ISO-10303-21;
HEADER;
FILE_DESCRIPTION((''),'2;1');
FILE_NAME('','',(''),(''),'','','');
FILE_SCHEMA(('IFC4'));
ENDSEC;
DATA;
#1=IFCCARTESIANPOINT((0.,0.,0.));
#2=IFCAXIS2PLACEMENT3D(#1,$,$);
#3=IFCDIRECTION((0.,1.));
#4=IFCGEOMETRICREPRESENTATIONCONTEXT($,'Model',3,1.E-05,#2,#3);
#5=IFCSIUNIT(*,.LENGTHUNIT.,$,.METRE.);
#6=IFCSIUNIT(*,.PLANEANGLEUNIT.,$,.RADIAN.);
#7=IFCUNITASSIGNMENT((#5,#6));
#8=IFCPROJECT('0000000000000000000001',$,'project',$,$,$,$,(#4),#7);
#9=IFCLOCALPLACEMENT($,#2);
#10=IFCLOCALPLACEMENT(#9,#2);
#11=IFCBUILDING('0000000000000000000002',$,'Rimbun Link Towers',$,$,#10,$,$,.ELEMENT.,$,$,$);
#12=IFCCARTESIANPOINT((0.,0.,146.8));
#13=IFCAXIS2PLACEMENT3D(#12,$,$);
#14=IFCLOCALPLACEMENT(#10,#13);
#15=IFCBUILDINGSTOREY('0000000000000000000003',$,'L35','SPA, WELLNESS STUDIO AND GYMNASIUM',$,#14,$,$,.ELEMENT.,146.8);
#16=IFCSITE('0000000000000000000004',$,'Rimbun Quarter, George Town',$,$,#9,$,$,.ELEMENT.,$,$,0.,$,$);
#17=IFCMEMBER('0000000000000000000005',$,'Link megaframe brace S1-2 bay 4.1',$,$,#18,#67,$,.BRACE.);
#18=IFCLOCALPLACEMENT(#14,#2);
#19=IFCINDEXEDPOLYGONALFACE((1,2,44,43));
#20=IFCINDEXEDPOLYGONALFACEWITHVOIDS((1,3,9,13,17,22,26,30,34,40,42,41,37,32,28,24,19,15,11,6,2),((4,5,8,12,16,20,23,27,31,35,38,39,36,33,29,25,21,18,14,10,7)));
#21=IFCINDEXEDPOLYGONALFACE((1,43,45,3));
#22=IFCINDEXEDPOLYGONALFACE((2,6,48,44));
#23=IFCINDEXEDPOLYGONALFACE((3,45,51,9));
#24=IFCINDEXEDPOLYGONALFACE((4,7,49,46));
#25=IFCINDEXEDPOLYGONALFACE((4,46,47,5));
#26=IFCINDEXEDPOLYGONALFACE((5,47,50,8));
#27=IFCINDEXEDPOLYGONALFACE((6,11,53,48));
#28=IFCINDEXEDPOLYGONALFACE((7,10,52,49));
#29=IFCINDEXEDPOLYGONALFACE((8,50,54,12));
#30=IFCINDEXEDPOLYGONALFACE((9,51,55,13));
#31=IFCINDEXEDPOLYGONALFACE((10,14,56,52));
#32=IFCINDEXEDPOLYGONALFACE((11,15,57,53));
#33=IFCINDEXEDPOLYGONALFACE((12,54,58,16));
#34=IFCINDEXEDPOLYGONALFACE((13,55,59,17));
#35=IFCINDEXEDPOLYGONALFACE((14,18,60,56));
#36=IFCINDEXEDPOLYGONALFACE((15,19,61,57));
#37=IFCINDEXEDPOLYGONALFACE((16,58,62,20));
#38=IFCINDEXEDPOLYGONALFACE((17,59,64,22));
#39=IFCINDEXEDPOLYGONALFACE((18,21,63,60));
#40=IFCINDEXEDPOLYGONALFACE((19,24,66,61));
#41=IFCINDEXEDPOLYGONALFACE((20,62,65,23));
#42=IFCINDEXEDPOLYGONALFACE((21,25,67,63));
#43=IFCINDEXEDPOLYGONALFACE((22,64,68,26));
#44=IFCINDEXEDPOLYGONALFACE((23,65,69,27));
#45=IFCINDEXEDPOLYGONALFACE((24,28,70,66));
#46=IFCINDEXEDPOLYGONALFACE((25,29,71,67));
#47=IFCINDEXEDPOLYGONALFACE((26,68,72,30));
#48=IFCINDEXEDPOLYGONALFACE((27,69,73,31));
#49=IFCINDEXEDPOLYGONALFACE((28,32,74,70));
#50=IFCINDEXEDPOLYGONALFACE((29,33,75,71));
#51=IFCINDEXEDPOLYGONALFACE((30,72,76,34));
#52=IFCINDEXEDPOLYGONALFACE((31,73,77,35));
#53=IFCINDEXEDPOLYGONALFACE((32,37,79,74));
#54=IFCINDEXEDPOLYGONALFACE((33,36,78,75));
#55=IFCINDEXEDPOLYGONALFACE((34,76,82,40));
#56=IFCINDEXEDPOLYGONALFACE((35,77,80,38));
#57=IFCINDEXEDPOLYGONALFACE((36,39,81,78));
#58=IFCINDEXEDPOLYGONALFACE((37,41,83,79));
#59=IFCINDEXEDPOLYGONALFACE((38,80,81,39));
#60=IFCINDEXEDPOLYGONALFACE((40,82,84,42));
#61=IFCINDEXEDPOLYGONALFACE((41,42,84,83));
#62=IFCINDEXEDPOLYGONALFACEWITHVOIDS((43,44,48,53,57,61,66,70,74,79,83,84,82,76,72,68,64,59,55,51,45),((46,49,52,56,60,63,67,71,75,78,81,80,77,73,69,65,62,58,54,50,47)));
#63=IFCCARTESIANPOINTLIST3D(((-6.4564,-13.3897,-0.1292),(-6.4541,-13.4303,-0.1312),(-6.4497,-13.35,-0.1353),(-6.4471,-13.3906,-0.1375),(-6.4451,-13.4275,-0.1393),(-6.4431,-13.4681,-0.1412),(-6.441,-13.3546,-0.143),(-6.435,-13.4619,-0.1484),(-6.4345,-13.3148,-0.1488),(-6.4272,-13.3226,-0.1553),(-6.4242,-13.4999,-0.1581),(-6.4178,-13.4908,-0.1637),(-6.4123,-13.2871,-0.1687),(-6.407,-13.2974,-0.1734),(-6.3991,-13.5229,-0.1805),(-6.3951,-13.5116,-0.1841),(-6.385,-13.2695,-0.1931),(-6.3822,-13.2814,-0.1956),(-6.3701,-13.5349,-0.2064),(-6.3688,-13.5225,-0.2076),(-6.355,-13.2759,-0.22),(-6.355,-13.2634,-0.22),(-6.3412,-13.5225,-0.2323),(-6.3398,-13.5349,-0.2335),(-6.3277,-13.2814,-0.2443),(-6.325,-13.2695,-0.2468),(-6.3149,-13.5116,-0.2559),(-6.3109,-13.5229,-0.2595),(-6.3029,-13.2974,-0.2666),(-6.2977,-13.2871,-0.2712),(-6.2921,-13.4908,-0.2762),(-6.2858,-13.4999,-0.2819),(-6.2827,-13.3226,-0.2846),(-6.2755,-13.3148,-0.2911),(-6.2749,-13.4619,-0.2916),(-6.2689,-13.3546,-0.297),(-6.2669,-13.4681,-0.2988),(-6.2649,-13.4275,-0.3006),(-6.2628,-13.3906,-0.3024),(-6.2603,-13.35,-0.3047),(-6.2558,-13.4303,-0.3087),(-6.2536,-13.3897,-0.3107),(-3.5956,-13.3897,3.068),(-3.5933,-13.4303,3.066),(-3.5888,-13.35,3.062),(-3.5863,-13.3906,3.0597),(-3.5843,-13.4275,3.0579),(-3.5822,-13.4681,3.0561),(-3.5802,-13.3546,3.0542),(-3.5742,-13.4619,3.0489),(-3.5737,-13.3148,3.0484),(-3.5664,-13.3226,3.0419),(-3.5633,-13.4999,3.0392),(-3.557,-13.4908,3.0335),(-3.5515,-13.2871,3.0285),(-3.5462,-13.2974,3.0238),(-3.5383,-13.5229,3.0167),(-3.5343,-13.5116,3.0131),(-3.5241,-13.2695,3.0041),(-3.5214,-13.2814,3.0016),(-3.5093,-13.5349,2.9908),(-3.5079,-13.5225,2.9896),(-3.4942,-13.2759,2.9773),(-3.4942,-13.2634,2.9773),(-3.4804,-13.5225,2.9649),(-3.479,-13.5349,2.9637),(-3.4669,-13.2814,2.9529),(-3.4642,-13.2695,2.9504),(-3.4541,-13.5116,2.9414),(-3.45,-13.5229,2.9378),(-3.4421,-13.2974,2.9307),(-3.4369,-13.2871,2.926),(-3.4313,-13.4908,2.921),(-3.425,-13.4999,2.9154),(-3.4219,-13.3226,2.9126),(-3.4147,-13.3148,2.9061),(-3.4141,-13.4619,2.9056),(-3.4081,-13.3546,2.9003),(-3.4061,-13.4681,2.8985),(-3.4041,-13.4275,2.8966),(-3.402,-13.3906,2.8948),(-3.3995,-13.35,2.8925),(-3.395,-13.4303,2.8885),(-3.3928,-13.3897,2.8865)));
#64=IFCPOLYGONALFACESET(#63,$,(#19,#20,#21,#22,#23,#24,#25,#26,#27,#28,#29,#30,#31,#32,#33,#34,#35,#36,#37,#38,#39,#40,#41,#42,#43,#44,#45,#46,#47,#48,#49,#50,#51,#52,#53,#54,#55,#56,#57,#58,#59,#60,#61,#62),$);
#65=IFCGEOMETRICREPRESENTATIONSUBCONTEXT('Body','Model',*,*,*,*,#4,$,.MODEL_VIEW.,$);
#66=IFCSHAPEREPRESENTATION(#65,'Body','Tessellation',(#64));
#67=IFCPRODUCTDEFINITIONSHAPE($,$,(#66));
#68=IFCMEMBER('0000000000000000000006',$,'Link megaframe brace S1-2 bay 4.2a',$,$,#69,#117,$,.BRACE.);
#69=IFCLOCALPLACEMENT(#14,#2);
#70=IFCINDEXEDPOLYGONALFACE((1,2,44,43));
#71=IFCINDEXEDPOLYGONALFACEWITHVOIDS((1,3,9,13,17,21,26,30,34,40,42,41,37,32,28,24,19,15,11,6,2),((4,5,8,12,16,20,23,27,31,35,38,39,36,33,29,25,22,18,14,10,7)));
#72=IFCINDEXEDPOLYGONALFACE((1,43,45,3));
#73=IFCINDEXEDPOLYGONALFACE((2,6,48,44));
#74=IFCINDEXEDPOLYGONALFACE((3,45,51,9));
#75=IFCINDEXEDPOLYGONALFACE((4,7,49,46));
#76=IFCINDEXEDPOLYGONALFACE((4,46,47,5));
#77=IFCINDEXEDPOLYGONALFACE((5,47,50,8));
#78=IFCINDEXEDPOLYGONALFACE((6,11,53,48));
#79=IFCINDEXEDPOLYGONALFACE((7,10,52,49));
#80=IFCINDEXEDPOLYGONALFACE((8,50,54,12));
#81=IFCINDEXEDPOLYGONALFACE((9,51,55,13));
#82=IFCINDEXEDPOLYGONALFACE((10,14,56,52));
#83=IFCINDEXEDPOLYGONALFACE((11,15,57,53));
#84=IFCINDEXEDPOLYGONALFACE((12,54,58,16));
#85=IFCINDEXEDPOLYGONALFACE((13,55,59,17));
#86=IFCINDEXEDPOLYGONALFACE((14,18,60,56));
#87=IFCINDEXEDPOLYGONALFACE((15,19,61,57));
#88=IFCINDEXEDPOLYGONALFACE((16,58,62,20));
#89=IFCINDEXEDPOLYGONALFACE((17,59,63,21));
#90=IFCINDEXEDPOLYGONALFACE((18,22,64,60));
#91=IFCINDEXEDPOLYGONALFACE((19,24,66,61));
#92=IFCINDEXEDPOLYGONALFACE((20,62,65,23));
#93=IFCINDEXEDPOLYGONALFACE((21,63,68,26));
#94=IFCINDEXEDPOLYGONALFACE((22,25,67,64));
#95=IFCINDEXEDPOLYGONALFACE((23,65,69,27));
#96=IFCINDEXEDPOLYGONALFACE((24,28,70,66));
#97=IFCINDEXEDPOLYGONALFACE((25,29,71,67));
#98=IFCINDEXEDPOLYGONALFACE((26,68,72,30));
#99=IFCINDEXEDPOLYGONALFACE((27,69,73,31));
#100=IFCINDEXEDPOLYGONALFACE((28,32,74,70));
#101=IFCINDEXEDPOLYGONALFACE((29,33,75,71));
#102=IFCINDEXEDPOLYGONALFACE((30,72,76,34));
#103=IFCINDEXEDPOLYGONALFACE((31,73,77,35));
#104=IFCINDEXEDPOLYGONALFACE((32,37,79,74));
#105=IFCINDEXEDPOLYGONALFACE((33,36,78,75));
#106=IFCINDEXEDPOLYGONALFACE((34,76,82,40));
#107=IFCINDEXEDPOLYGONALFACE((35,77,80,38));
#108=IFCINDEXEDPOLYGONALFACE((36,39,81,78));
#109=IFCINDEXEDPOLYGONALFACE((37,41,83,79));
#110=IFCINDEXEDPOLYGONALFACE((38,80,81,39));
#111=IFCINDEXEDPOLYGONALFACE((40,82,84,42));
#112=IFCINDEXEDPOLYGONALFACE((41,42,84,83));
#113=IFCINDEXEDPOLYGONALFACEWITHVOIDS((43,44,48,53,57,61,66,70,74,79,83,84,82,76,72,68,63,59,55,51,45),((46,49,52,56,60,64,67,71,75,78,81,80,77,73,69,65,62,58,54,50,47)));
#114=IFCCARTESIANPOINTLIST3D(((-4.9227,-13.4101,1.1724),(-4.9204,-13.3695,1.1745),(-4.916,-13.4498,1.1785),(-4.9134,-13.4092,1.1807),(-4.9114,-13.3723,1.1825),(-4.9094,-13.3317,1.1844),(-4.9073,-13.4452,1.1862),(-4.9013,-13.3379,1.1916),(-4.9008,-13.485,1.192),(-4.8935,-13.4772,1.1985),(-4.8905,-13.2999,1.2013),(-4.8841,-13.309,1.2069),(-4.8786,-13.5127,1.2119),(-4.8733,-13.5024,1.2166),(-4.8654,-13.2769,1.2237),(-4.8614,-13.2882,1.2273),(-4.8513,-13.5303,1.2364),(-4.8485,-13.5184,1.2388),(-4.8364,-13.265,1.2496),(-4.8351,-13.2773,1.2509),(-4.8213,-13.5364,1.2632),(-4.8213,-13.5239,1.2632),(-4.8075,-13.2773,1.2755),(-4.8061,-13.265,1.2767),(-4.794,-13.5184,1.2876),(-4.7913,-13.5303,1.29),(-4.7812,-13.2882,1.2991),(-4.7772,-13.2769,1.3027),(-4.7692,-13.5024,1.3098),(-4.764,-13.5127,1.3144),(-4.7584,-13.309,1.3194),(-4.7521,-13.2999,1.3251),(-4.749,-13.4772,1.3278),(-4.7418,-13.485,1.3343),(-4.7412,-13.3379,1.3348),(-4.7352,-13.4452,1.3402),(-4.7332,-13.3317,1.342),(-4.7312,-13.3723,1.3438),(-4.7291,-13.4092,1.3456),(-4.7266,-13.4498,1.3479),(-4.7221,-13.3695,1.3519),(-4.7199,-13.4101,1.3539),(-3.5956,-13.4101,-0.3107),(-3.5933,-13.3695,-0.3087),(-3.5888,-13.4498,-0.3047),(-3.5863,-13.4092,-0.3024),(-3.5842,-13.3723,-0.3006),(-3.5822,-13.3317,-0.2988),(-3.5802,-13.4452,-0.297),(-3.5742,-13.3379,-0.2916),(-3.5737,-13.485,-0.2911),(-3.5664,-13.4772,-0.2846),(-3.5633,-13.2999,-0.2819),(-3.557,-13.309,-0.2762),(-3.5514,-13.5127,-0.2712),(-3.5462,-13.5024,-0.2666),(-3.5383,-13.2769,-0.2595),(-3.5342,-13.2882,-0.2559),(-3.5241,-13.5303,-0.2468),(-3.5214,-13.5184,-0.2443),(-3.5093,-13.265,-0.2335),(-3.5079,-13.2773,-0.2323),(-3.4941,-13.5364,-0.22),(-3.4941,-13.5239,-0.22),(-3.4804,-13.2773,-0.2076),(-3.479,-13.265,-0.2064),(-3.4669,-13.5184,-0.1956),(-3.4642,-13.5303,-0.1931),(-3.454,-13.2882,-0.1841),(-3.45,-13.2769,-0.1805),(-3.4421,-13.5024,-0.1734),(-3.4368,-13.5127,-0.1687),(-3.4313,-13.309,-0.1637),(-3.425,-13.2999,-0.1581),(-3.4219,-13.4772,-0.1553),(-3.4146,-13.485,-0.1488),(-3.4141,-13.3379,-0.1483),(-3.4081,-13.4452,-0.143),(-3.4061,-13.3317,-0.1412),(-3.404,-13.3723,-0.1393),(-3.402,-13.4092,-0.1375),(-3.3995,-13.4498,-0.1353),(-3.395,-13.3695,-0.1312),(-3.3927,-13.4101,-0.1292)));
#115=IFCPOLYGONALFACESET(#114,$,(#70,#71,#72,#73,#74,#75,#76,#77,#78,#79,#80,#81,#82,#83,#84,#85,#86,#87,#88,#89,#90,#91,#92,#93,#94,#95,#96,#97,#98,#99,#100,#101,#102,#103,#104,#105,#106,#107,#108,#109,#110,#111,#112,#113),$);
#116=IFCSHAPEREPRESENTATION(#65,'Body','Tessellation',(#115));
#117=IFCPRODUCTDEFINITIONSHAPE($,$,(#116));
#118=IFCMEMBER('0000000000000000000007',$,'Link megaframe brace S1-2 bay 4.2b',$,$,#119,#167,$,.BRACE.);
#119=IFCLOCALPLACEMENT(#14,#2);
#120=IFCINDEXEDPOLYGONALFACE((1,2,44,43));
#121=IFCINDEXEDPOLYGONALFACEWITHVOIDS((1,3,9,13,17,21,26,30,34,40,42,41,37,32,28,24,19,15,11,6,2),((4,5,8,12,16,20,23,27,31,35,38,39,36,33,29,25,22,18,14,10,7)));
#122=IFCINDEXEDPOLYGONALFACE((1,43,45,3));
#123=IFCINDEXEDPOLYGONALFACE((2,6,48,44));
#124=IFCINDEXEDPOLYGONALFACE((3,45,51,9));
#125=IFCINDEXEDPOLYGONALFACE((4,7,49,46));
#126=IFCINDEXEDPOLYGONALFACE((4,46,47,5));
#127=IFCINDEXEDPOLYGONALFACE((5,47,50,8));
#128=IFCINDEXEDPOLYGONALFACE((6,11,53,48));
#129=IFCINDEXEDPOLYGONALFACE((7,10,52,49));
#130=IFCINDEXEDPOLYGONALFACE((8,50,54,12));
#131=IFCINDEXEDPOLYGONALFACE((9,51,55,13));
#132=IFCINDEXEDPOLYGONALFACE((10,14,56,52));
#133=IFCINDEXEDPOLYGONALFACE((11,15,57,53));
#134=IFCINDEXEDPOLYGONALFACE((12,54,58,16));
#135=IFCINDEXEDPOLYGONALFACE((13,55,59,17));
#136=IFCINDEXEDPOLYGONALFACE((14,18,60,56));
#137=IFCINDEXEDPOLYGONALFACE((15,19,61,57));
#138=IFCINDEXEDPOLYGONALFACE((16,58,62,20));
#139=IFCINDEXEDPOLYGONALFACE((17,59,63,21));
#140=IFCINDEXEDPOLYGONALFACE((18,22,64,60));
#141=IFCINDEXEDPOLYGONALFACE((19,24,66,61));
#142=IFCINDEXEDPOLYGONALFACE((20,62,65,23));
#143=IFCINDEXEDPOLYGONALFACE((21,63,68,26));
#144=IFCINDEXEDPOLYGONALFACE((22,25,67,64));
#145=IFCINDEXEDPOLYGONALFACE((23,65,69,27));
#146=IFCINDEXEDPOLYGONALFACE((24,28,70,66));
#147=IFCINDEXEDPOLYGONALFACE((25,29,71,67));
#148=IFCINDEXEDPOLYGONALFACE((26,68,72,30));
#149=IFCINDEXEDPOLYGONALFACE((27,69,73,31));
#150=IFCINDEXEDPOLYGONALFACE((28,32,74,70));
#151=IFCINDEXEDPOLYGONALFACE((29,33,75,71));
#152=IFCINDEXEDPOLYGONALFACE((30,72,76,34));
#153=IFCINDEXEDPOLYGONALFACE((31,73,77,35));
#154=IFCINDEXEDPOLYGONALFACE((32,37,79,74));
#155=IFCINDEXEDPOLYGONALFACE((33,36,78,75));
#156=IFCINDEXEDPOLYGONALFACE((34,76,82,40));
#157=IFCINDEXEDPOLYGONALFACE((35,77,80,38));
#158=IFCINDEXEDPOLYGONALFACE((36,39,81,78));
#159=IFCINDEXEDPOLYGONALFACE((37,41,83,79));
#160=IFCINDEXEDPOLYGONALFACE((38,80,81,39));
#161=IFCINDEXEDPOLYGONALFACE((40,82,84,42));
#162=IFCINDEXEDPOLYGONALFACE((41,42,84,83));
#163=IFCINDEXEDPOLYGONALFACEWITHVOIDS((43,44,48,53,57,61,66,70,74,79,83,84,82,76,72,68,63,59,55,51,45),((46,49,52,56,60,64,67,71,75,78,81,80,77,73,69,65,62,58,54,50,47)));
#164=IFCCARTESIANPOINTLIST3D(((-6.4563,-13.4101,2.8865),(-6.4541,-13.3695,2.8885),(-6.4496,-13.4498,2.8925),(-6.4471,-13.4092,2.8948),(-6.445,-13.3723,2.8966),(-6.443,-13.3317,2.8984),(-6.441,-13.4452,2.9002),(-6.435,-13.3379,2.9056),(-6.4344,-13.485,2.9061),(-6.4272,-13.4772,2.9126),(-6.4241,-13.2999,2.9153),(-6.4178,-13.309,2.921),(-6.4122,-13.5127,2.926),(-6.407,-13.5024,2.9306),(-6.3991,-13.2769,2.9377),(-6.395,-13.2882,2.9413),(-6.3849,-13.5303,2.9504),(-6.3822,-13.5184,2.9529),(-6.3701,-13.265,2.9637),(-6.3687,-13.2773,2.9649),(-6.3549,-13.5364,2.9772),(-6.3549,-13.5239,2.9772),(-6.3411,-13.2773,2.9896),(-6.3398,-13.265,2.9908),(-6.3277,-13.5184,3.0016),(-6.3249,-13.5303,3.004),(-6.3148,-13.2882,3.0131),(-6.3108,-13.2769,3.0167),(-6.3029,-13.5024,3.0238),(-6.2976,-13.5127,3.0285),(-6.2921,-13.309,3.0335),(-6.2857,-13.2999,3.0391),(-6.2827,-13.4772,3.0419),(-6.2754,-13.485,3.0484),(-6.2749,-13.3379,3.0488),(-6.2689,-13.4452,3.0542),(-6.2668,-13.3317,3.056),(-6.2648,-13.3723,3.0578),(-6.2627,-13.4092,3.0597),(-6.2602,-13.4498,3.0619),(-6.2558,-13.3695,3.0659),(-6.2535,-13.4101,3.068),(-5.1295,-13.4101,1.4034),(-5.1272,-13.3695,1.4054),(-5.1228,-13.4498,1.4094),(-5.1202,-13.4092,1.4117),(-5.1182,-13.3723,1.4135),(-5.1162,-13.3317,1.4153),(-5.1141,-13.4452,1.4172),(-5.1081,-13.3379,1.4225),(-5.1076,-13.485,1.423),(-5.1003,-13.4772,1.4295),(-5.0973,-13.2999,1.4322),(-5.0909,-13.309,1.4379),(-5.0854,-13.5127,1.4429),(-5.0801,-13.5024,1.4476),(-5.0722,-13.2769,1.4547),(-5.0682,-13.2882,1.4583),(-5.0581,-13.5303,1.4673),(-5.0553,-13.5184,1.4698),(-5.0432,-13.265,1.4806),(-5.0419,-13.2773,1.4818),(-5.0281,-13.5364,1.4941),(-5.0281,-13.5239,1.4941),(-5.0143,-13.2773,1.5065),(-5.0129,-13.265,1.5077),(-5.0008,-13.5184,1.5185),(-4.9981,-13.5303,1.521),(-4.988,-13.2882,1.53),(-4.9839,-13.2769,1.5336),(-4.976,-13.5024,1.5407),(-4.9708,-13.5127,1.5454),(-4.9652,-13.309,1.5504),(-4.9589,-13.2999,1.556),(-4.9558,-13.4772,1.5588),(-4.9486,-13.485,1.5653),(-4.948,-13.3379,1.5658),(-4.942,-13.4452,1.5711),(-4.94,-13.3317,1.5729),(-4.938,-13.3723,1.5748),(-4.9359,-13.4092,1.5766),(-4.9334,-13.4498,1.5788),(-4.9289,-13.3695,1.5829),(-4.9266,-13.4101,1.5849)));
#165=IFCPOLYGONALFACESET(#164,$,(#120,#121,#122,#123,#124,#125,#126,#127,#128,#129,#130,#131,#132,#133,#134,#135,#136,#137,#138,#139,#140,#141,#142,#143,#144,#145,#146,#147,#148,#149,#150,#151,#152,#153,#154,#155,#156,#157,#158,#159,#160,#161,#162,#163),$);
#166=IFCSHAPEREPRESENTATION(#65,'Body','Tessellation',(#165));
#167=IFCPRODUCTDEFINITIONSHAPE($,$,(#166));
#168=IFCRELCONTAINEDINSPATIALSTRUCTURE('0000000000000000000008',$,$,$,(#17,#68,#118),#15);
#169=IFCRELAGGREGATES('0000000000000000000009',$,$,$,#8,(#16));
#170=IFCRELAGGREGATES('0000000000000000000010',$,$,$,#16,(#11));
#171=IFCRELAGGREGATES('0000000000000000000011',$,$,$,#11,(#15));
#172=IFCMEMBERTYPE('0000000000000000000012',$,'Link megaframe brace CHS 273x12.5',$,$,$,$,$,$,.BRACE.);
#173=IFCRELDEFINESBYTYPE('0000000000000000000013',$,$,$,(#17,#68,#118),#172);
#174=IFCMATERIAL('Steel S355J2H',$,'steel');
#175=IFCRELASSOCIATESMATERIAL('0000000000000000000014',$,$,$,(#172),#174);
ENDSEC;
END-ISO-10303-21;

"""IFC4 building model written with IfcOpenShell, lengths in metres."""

from ifc_helpers import new_model, si_unit, direction, frame, origin, origin_2d, place, context, subcontext, project, spatial, hollow_circle, extrude, material, material_profile, profile_set, type_object, element, save


model = new_model("IFC4")

# Units and contexts
model_context = context("Model", 3, precision=1e-05, world=origin(), true_north=direction((0.0, 1.0)))
body_context = subcontext(model_context, "Body", "Model", "MODEL_VIEW")
ifc_project = project(units=[si_unit("LENGTHUNIT", "METRE"), si_unit("PLANEANGLEUNIT", "RADIAN")], contexts=[model_context])

# Site, building, storey
site_placement = place(None, origin())
site = spatial("IfcSite", under=ifc_project, at=site_placement, Name="Rimbun Quarter, George Town", CompositionType="ELEMENT", RefElevation=0.0)
building_placement = place(site_placement, origin())
building = spatial("IfcBuilding", under=site, at=building_placement, Name="Rimbun Link Towers", CompositionType="ELEMENT")
storey_placement = place(building_placement, frame((0.0, 0.0, 146.8)))
storey = spatial("IfcBuildingStorey", under=building, at=storey_placement, Name="L35", Description="SPA, WELLNESS STUDIO AND GYMNASIUM", CompositionType="ELEMENT", Elevation=146.8)

# Members
ifc_material_1 = material(Name="Steel S355J2H", Category="steel")
ifc_material_profile_1 = material_profile(ifc_material_1, hollow_circle(Radius=0.1365, WallThickness=0.0125, at=origin_2d()), Name="CHS 273x12.5")
ifc_profile_set_1 = profile_set([ifc_material_profile_1], Name="Steel S355J2H")
member_type_1 = type_object("IfcMemberType", Name="Link megaframe brace CHS 273x12.5", PredefinedType="BRACE", material=ifc_profile_set_1)
member_1_placement = place(storey_placement, frame((-6.355, -13.3999, -0.22), z_axis=(0.666811, 0.0, 0.745226), x_axis=(0.0, 1.0, 0.0)))
element("IfcMember", 1, at=member_1_placement, inside=storey, type_object=member_type_1, Name="Link megaframe brace S1-2 bay 4.1", PredefinedType="BRACE", context=body_context, shape_type="SweptSolid", body=[
    extrude(hollow_circle(Radius=0.1365, WallThickness=0.0125, at=origin_2d()), origin(), (0.0, 0.0, 1.0), 4.2903),
])
member_2_placement = place(storey_placement, frame((-3.4941, -13.3999, -0.22), z_axis=(-0.666827, 0.0, 0.745212), x_axis=(0.0, -1.0, 0.0)))
element("IfcMember", 2, at=member_2_placement, inside=storey, type_object=member_type_1, Name="Link megaframe brace S1-2 bay 4.2a", PredefinedType="BRACE", context=body_context, shape_type="SweptSolid", body=[
    extrude(hollow_circle(Radius=0.1365, WallThickness=0.0125, at=origin_2d()), origin(), (0.0, 0.0, 1.0), 1.9902),
])
member_3_placement = place(storey_placement, frame((-5.0281, -13.3999, 1.4941), z_axis=(-0.666759, 0.0, 0.745273), x_axis=(0.0, -1.0, 0.0)))
element("IfcMember", 3, at=member_3_placement, inside=storey, type_object=member_type_1, Name="Link megaframe brace S1-2 bay 4.2b", PredefinedType="BRACE", context=body_context, shape_type="SweptSolid", body=[
    extrude(hollow_circle(Radius=0.1365, WallThickness=0.0125, at=origin_2d()), origin(), (0.0, 0.0, 1.0), 1.99),
])

save(model, "model.ifc")
